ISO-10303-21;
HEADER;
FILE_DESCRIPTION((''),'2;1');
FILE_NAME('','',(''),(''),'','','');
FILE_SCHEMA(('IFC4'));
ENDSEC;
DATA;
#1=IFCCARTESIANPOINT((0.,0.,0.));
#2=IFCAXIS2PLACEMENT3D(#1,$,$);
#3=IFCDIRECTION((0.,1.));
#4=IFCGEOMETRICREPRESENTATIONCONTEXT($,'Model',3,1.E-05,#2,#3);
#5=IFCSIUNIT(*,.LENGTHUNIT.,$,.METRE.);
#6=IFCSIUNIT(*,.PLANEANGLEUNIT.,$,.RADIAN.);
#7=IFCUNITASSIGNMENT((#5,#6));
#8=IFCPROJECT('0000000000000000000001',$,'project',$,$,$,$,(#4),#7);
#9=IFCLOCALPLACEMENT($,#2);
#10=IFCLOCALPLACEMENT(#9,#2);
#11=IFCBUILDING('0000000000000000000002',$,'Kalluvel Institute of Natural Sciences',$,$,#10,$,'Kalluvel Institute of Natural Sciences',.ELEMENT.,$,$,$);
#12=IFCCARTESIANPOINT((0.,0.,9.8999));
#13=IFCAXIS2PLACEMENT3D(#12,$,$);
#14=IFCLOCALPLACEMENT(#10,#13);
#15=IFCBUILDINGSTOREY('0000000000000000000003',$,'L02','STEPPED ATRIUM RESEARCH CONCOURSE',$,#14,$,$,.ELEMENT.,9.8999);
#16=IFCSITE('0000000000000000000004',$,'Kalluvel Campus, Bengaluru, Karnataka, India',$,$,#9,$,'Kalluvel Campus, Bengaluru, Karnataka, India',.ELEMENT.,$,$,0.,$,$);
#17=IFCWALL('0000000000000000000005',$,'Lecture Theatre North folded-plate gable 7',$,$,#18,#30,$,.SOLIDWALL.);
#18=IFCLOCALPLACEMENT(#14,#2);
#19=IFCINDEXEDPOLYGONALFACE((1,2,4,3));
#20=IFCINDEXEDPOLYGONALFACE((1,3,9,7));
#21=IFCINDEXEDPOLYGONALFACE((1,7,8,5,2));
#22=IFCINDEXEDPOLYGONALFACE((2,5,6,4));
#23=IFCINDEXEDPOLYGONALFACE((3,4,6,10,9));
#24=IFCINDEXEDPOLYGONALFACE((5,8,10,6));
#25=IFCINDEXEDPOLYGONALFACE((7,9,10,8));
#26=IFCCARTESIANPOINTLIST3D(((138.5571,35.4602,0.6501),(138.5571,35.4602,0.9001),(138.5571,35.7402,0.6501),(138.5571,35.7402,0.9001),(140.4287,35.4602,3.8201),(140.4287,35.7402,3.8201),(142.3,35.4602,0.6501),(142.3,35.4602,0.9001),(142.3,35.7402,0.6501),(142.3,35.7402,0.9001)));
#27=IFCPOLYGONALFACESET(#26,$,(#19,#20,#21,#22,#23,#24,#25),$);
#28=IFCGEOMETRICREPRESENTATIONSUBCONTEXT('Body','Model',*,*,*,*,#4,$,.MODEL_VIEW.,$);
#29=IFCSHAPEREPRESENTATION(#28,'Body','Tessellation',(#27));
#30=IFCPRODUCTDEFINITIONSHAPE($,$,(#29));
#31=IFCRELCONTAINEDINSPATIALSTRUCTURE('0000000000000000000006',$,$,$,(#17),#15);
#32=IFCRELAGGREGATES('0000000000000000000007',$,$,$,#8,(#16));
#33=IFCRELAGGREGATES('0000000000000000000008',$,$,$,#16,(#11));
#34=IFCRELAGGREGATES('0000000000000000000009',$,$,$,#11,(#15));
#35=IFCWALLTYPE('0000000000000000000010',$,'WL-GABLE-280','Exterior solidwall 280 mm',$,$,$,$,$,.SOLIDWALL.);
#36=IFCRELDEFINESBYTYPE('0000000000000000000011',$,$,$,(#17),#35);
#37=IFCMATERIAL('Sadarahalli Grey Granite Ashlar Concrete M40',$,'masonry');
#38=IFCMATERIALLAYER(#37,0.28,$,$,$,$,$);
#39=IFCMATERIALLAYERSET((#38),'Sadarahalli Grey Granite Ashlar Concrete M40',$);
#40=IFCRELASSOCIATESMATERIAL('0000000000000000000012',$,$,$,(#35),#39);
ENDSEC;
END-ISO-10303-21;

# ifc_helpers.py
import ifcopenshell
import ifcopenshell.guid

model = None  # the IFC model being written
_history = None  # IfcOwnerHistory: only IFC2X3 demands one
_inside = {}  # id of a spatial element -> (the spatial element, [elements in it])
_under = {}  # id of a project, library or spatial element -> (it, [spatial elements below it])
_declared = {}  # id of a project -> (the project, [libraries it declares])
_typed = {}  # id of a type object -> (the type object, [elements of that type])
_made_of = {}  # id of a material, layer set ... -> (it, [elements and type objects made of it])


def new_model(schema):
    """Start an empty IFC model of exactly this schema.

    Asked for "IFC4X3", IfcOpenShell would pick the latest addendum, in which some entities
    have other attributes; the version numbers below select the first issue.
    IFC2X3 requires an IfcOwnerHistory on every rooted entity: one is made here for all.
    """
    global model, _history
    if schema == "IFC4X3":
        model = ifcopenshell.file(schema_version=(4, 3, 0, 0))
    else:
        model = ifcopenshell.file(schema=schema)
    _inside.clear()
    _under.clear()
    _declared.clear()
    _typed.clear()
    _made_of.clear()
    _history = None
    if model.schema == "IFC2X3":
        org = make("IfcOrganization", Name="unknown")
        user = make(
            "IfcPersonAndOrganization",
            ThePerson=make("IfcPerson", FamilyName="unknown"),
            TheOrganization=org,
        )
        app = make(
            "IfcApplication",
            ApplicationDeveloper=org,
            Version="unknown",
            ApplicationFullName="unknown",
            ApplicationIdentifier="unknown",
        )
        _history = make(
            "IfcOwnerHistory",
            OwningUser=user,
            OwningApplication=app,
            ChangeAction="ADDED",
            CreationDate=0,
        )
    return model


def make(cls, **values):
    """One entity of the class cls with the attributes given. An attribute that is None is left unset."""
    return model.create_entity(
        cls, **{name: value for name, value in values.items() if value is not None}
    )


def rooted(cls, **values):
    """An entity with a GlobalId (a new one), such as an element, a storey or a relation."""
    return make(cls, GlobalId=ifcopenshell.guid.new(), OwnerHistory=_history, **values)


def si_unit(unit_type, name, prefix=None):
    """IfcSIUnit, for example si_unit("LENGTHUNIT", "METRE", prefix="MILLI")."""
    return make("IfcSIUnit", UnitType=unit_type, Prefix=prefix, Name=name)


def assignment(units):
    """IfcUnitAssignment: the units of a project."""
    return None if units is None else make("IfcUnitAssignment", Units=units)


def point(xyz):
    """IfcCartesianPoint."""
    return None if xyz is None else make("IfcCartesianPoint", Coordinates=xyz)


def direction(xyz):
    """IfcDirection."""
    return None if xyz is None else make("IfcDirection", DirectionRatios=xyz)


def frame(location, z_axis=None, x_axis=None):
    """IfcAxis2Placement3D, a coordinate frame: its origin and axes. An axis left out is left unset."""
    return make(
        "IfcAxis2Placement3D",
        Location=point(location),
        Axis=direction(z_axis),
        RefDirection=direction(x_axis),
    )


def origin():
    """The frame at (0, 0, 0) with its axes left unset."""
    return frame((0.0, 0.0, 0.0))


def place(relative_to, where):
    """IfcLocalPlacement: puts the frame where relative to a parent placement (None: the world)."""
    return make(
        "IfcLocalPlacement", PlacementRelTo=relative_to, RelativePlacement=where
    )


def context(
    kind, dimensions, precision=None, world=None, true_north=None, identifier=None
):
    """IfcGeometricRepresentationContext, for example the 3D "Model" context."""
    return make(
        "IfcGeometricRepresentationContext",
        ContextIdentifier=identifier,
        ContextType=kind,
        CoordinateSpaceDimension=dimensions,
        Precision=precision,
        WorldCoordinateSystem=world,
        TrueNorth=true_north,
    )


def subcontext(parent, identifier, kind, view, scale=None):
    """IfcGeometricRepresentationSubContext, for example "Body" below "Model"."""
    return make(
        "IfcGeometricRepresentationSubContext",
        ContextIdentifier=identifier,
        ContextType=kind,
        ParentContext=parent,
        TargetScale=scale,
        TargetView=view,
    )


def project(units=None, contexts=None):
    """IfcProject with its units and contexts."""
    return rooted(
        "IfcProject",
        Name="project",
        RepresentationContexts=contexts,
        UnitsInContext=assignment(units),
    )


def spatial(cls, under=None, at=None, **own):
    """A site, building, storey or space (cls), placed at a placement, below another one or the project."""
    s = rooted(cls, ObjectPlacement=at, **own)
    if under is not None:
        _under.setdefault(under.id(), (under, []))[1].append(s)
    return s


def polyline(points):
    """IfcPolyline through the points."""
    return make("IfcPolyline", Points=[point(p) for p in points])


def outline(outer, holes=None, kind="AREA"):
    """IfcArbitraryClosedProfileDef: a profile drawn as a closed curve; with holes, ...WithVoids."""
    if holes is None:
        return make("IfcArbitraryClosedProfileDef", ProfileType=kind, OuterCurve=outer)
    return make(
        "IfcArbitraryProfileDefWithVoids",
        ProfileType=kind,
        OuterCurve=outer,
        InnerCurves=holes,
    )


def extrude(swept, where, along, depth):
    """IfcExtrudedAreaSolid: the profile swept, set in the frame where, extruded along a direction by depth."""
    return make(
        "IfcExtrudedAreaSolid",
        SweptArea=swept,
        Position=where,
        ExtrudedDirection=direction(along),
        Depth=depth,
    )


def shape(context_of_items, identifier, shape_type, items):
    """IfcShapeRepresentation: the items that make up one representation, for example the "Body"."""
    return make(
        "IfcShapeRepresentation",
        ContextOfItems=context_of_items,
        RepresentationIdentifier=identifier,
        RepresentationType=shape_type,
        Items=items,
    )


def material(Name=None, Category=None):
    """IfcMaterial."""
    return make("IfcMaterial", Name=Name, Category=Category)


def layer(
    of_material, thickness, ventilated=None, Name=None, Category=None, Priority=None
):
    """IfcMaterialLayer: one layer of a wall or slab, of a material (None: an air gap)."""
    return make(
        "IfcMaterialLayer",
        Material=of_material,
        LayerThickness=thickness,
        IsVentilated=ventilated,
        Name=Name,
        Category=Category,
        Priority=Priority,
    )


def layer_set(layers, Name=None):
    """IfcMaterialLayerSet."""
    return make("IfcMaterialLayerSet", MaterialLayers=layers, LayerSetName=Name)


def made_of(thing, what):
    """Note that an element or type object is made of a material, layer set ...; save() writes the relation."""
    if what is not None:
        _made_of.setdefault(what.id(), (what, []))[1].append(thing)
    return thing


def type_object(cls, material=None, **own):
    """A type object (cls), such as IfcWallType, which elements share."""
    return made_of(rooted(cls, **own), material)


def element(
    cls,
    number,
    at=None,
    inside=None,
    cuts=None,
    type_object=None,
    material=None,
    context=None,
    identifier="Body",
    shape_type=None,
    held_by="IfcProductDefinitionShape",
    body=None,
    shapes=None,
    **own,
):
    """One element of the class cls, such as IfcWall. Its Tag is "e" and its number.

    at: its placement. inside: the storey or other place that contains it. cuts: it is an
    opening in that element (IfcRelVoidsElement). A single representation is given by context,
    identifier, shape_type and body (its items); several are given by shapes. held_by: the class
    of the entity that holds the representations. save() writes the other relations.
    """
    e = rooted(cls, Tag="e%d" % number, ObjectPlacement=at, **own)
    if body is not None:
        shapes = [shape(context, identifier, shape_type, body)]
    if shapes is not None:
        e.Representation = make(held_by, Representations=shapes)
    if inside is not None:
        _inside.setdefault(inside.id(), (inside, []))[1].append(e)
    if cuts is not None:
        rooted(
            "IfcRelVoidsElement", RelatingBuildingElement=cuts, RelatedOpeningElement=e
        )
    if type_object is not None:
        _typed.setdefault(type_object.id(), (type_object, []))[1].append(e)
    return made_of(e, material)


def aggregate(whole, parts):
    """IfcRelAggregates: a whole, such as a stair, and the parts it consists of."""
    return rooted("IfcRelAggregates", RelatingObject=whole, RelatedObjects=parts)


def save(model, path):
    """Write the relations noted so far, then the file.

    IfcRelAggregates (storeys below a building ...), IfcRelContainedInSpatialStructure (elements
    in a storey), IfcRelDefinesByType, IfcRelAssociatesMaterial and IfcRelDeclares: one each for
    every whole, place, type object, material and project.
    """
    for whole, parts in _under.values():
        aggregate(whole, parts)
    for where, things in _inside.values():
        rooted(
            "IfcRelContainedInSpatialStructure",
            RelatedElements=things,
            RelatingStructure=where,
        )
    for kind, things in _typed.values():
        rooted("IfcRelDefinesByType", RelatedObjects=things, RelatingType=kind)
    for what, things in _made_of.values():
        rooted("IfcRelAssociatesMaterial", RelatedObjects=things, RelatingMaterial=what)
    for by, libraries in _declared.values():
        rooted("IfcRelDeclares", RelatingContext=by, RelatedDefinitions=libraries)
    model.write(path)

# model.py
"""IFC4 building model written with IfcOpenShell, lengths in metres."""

from ifc_helpers import new_model, si_unit, direction, frame, origin, place, context, subcontext, project, spatial, polyline, outline, extrude, material, layer, layer_set, type_object, element, save


model = new_model("IFC4")

# Units and contexts
model_context = context("Model", 3, precision=1e-05, world=origin(), true_north=direction((0.0, 1.0)))
body_context = subcontext(model_context, "Body", "Model", "MODEL_VIEW")
ifc_project = project(units=[si_unit("LENGTHUNIT", "METRE"), si_unit("PLANEANGLEUNIT", "RADIAN")], contexts=[model_context])

# Site, building, storey
site_placement = place(None, origin())
site = spatial("IfcSite", under=ifc_project, at=site_placement, Name="Kalluvel Campus, Bengaluru, Karnataka, India", LongName="Kalluvel Campus, Bengaluru, Karnataka, India", CompositionType="ELEMENT", RefElevation=0.0)
building_placement = place(site_placement, origin())
building = spatial("IfcBuilding", under=site, at=building_placement, Name="Kalluvel Institute of Natural Sciences", LongName="Kalluvel Institute of Natural Sciences", CompositionType="ELEMENT")
storey_placement = place(building_placement, frame((0.0, 0.0, 9.8999)))
storey = spatial("IfcBuildingStorey", under=building, at=storey_placement, Name="L02", Description="STEPPED ATRIUM RESEARCH CONCOURSE", CompositionType="ELEMENT", Elevation=9.8999)

# Wall
ifc_material_1 = material(Name="Sadarahalli Grey Granite Ashlar Concrete M40", Category="masonry")
ifc_layer_1 = layer(ifc_material_1, 0.28)
ifc_layer_set_1 = layer_set([ifc_layer_1], Name="Sadarahalli Grey Granite Ashlar Concrete M40")
wall_type = type_object("IfcWallType", Name="WL-GABLE-280", Description="Exterior solidwall 280 mm", PredefinedType="SOLIDWALL", material=ifc_layer_set_1)
wall_1_placement = place(storey_placement, frame((138.5571, 35.6001, 0.6501), z_axis=(0.0, 0.0, 1.0), x_axis=(1.0, 0.0, 0.0)))
element("IfcWall", 1, at=wall_1_placement, inside=storey, type_object=wall_type, Name="Lecture Theatre North folded-plate gable 7", PredefinedType="SOLIDWALL", context=body_context, shape_type="SweptSolid", body=[
    extrude(outline(polyline([(0.0, 0.0), (3.7429, 0.0), (3.7429, 0.25), (1.8716, 3.1699), (0.0, 0.25), (0.0, 0.0)])), frame((0.0, 0.1401, 0.0), z_axis=(0.0, -1.0, 0.0), x_axis=(1.0, 0.0, 0.0)), (0.0, 0.0, 1.0), 0.28),
])

save(model, "model.ifc")
